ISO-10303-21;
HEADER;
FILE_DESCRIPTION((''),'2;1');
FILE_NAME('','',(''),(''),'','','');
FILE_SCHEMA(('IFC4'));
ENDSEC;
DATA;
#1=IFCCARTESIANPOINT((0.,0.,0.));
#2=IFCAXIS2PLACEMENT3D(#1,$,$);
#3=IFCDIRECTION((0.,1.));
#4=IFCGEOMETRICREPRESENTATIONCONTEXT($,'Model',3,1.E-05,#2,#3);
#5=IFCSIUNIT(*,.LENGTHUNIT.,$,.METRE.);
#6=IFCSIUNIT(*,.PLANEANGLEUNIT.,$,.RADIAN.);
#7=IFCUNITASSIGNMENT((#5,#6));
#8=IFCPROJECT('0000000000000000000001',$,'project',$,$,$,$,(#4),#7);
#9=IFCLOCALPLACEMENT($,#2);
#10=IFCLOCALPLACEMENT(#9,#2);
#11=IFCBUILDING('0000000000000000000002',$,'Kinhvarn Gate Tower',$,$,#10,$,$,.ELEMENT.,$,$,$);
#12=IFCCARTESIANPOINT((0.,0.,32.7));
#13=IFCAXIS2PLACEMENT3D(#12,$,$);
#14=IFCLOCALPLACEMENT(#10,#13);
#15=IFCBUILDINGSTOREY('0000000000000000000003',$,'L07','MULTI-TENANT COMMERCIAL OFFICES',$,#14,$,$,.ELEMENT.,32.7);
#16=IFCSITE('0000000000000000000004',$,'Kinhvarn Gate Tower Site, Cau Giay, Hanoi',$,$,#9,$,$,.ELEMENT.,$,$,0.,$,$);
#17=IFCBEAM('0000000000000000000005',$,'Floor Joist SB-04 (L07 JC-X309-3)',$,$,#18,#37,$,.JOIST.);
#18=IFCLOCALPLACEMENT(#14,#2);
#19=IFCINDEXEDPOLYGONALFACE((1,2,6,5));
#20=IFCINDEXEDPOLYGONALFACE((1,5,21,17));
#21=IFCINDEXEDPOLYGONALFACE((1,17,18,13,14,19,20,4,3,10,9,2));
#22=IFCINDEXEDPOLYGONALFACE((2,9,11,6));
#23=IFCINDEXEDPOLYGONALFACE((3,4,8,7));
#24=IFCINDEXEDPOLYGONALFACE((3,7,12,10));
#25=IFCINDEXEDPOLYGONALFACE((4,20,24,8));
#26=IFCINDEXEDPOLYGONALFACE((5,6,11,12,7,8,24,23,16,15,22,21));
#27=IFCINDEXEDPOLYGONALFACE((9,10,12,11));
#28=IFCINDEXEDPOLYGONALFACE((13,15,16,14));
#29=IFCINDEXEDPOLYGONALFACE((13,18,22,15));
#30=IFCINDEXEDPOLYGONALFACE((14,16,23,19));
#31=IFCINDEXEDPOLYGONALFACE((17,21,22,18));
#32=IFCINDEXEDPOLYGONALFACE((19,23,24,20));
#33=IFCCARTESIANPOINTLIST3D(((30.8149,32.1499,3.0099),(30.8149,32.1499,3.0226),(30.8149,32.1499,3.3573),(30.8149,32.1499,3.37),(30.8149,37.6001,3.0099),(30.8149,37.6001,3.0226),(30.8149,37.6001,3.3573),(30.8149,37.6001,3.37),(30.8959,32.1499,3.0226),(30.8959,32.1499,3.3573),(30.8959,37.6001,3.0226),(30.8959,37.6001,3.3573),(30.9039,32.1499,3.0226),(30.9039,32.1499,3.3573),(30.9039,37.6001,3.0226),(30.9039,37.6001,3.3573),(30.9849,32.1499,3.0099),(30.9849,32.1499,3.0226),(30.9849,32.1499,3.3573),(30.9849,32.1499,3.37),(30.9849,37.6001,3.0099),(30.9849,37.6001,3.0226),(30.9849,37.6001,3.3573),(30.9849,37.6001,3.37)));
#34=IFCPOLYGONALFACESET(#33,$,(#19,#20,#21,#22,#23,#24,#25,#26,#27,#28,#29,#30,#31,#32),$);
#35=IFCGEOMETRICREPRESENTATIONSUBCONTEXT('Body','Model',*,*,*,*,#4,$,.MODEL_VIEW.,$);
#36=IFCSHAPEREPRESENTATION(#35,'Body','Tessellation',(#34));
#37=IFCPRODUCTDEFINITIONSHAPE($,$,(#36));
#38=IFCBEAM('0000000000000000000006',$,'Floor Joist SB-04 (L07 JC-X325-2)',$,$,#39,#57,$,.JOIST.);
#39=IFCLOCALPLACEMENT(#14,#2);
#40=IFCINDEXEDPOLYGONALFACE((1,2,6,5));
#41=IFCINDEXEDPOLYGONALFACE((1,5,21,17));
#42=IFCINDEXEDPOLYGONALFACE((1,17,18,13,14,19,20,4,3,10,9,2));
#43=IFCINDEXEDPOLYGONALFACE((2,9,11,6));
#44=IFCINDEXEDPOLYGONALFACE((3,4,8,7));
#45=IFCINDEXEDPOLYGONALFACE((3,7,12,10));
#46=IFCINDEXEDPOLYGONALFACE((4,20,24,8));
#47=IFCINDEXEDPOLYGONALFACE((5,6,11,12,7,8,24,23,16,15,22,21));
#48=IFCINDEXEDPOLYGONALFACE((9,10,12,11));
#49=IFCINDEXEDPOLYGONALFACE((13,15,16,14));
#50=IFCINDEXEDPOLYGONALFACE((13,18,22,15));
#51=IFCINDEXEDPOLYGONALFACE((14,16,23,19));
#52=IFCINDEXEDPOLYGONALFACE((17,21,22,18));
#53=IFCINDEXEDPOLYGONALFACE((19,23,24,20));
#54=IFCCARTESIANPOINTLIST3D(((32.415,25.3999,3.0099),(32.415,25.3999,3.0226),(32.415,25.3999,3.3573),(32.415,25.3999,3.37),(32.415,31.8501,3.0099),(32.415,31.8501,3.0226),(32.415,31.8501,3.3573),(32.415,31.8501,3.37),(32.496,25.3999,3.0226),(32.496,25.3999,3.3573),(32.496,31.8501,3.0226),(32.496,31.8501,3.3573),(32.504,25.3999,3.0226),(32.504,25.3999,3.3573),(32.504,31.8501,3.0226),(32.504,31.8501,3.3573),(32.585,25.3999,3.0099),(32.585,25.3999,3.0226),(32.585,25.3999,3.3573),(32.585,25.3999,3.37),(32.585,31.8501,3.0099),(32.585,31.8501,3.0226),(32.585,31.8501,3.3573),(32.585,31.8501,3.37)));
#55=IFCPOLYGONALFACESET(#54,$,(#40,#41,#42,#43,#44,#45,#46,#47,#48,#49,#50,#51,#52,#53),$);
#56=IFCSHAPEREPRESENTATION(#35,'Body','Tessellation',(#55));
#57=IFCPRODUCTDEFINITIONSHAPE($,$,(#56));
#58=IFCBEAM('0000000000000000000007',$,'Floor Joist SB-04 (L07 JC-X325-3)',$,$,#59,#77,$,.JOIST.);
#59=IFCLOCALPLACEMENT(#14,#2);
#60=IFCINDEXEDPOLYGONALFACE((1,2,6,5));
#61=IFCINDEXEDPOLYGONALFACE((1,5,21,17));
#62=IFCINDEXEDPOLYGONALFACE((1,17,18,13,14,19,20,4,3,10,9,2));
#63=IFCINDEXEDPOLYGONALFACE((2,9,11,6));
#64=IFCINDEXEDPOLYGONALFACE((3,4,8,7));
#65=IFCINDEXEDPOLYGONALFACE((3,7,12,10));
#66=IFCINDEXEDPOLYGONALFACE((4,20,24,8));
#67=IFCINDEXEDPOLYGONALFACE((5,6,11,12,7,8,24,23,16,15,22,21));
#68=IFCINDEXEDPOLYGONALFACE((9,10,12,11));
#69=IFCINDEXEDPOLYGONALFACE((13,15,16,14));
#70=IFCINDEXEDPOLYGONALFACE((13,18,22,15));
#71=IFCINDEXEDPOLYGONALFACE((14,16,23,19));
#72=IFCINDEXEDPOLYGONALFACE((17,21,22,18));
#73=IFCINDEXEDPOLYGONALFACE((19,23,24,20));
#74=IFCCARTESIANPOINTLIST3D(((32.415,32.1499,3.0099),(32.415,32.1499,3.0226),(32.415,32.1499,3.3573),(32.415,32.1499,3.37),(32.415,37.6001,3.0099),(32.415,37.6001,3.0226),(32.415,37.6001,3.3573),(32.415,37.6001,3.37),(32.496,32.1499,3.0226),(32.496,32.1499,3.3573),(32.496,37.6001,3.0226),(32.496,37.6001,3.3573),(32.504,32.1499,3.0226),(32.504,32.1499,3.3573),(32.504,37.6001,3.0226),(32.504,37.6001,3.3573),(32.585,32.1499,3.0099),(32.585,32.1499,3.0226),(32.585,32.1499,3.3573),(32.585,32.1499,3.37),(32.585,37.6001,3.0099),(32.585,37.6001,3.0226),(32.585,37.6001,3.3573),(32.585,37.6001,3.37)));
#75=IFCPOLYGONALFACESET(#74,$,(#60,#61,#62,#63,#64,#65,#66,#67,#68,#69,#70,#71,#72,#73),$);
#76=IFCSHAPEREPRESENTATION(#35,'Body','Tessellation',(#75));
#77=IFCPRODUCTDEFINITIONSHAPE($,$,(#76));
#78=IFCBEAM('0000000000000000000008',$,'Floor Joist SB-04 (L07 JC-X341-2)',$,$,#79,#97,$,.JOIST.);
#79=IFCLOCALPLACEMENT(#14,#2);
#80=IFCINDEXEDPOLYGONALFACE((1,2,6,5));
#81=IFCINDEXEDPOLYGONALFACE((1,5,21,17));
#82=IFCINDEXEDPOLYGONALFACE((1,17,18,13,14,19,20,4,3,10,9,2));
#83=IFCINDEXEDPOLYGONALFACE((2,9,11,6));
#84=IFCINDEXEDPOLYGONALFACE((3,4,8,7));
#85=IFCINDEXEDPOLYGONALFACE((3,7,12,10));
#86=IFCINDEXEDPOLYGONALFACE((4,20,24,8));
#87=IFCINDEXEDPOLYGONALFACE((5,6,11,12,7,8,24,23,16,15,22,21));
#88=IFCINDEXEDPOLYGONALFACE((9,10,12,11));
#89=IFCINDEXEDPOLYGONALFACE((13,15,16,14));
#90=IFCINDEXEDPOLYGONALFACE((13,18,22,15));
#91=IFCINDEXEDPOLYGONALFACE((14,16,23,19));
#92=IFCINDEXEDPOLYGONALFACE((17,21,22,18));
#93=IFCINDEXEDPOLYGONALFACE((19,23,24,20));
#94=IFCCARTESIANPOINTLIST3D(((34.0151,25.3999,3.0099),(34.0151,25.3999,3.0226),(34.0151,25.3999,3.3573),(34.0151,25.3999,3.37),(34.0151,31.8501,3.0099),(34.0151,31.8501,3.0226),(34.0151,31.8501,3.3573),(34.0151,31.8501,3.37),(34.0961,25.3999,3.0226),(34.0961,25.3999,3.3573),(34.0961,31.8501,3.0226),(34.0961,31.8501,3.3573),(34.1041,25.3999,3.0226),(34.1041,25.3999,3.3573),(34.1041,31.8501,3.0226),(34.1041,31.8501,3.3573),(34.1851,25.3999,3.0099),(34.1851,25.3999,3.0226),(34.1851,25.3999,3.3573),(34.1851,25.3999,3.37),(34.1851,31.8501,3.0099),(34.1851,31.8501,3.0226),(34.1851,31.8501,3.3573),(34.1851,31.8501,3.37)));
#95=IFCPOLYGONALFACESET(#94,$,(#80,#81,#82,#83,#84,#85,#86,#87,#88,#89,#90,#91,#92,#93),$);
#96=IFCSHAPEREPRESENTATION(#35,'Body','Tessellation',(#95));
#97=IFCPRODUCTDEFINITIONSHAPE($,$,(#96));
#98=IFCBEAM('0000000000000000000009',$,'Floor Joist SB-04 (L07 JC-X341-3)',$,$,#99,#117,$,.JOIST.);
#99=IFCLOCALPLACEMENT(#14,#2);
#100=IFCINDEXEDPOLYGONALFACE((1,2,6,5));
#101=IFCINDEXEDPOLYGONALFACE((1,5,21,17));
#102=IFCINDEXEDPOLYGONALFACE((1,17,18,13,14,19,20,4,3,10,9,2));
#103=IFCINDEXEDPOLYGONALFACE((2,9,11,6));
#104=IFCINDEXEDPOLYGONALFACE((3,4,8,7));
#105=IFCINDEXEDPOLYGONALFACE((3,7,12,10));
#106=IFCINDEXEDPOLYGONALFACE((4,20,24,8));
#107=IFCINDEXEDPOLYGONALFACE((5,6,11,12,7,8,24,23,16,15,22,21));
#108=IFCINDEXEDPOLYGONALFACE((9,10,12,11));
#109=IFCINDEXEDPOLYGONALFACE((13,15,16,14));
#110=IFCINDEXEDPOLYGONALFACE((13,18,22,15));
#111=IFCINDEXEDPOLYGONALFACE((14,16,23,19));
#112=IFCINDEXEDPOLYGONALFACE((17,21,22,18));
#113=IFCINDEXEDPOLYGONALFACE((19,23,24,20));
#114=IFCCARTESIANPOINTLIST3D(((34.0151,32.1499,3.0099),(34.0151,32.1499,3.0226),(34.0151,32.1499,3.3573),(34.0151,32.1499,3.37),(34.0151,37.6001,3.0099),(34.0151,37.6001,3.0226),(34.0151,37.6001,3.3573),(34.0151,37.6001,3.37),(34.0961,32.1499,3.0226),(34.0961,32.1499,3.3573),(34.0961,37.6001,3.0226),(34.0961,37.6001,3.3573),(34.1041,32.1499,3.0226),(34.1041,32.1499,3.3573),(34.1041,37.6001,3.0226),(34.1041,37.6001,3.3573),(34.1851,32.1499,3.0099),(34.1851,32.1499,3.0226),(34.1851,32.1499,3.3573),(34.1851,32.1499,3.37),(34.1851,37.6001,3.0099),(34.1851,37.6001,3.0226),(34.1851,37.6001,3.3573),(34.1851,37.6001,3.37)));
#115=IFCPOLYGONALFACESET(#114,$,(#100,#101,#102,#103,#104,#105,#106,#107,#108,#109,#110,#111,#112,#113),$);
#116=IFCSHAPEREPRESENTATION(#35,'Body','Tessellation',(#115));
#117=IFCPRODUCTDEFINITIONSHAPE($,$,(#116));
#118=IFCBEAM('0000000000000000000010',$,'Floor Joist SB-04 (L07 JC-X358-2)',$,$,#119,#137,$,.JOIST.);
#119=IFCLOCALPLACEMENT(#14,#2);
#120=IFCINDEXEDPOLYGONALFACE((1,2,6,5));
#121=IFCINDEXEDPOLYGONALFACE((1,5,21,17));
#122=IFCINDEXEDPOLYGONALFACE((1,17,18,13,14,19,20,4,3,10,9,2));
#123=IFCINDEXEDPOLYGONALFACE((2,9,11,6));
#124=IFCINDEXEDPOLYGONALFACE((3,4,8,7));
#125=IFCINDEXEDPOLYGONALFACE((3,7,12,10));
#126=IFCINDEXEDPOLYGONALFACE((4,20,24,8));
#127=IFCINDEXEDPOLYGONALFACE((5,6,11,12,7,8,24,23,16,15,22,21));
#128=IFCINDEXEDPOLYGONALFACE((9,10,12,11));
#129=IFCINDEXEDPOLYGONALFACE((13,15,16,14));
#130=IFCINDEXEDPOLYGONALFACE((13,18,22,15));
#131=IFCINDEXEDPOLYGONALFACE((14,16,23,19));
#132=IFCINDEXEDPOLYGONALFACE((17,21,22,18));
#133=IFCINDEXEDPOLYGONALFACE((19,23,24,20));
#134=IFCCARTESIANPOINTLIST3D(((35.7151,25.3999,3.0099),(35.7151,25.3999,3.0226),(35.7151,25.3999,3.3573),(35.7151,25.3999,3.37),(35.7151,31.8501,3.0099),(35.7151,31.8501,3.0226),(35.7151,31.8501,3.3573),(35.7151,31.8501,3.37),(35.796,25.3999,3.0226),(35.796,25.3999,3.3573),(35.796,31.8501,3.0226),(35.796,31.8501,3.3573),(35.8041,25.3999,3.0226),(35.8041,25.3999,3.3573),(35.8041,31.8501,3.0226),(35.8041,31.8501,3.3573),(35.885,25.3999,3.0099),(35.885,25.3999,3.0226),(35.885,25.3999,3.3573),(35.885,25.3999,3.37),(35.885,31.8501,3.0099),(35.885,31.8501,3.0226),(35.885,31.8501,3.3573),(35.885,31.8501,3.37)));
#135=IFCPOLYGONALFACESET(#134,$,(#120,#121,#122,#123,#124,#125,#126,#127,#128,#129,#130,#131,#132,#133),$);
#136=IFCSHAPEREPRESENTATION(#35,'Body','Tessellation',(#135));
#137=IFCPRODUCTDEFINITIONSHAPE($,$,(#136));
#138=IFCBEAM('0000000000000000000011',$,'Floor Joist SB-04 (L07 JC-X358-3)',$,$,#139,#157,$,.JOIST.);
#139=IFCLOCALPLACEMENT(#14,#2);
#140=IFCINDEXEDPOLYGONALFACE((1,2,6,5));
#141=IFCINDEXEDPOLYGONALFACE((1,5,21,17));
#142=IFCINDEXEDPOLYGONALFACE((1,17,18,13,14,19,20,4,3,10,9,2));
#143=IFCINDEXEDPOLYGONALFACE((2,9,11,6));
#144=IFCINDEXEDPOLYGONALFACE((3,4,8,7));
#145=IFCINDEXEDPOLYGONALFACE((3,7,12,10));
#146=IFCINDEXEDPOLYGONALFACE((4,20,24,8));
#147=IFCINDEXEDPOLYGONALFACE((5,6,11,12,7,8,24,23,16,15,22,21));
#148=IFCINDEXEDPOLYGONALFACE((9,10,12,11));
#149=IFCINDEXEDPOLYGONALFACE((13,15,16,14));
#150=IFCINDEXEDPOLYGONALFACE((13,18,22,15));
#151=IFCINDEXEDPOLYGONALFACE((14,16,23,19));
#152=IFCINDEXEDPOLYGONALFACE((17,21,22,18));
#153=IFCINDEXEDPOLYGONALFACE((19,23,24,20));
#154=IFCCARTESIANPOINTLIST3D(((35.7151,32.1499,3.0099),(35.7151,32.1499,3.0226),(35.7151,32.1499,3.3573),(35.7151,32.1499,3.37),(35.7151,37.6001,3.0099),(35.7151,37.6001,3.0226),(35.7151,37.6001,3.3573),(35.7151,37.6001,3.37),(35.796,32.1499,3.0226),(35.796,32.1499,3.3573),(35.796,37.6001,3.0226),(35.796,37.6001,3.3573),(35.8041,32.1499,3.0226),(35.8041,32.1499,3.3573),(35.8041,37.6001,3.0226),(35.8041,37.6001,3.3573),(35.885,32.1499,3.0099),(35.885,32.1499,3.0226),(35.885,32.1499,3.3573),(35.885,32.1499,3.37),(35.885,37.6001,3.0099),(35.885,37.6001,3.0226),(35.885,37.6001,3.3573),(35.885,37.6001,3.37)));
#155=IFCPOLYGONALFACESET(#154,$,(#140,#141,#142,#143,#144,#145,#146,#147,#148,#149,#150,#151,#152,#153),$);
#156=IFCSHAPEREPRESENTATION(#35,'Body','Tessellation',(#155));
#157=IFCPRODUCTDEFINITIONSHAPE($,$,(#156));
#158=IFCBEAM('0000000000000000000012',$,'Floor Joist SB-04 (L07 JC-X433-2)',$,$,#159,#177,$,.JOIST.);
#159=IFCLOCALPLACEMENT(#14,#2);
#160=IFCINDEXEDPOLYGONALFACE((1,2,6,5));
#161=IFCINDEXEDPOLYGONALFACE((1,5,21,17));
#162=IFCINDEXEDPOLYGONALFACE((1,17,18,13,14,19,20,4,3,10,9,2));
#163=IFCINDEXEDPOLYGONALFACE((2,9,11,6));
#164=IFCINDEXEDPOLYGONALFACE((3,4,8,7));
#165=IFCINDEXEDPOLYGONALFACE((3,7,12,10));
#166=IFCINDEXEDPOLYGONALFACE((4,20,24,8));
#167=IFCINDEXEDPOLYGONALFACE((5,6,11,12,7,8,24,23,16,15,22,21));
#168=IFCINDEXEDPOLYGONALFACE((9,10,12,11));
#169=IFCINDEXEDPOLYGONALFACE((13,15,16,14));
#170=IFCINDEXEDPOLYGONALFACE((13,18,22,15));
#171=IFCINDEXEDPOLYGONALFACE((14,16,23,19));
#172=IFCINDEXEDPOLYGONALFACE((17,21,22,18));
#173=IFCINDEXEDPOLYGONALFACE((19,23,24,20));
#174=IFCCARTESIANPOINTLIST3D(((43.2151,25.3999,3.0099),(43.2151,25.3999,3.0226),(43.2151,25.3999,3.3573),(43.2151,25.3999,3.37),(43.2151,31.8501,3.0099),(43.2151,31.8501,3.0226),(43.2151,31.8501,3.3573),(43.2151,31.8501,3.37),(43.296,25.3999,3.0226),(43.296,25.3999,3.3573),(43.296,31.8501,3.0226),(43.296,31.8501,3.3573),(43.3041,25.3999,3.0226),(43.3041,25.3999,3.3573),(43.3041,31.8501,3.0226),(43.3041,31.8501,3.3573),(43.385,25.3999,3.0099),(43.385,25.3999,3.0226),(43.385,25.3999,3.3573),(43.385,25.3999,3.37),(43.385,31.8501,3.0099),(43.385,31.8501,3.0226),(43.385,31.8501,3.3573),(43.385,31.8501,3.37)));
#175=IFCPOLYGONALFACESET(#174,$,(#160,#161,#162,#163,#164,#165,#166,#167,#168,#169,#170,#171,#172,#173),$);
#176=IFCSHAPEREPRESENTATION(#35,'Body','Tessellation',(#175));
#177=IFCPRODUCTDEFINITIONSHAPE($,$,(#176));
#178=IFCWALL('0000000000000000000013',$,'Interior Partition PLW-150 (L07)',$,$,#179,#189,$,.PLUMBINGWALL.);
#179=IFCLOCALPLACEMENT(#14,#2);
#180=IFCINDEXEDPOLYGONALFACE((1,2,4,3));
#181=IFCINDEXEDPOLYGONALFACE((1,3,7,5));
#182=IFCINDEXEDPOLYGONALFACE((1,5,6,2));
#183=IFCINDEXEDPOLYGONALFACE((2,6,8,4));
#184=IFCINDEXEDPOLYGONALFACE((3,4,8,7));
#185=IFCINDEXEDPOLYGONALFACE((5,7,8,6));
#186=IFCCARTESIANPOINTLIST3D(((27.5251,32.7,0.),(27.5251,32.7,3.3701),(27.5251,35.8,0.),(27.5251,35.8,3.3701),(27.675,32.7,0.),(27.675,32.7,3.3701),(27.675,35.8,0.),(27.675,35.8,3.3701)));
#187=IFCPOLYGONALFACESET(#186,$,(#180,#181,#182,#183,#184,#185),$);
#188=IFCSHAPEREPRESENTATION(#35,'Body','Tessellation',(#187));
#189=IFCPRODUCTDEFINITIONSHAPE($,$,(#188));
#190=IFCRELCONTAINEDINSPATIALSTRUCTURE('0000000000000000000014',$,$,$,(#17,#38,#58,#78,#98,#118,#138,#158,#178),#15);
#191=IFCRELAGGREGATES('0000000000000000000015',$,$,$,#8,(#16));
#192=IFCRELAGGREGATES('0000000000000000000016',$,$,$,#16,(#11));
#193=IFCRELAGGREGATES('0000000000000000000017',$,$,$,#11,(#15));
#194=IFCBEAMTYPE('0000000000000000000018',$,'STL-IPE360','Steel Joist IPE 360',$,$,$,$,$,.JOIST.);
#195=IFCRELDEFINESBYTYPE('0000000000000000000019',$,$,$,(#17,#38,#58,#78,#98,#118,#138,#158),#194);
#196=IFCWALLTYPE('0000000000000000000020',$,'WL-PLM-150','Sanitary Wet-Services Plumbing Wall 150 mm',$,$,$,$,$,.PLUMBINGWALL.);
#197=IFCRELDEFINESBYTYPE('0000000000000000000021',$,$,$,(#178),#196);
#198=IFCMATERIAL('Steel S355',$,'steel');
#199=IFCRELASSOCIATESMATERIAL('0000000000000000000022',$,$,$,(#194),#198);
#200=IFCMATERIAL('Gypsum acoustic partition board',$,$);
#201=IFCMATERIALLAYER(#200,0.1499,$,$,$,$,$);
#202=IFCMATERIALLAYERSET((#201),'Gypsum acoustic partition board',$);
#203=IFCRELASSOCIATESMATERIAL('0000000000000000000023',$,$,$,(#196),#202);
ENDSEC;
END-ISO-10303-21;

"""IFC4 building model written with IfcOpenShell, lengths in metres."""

from ifc_helpers import new_model, si_unit, direction, frame, frame_2d, origin, origin_2d, place, context, subcontext, project, spatial, rectangle, i_section, extrude, material, layer, layer_set, material_profile, profile_set, type_object, element, save


model = new_model("IFC4")

# Units and contexts
model_context = context("Model", 3, precision=1e-05, world=origin(), true_north=direction((0.0, 1.0)))
body_context = subcontext(model_context, "Body", "Model", "MODEL_VIEW")
ifc_project = project(units=[si_unit("LENGTHUNIT", "METRE"), si_unit("PLANEANGLEUNIT", "RADIAN")], contexts=[model_context])

# Site, building, storey
site_placement = place(None, origin())
site = spatial("IfcSite", under=ifc_project, at=site_placement, Name="Kinhvarn Gate Tower Site, Cau Giay, Hanoi", CompositionType="ELEMENT", RefElevation=0.0)
building_placement = place(site_placement, origin())
building = spatial("IfcBuilding", under=site, at=building_placement, Name="Kinhvarn Gate Tower", CompositionType="ELEMENT")
storey_placement = place(building_placement, frame((0.0, 0.0, 32.7)))
storey = spatial("IfcBuildingStorey", under=building, at=storey_placement, Name="L07", Description="MULTI-TENANT COMMERCIAL OFFICES", CompositionType="ELEMENT", Elevation=32.7)

# Beams
ifc_material_1 = material(Name="Steel S355", Category="steel")
ifc_material_profile_1 = material_profile(ifc_material_1, i_section(OverallWidth=0.1699, OverallDepth=0.3601, WebThickness=0.0081, FlangeThickness=0.0127, at=origin_2d()), Name="IPE 360")
ifc_profile_set_1 = profile_set([ifc_material_profile_1], Name="Steel S355")
beam_type_1 = type_object("IfcBeamType", Name="STL-IPE360", Description="Steel Joist IPE 360", PredefinedType="JOIST", material=ifc_profile_set_1)
beam_1_placement = place(storey_placement, frame((30.8999, 32.1499, 3.1899), z_axis=(0.0, 1.0, 0.0), x_axis=(-1.0, 0.0, 0.0)))
element("IfcBeam", 1, at=beam_1_placement, inside=storey, type_object=beam_type_1, Name="Floor Joist SB-04 (L07 JC-X309-3)", PredefinedType="JOIST", context=body_context, shape_type="SweptSolid", body=[
    extrude(i_section(OverallWidth=0.1699, OverallDepth=0.3601, WebThickness=0.0081, FlangeThickness=0.0127, at=origin_2d()), origin(), (0.0, 0.0, 1.0), 5.4502),
])
beam_2_placement = place(storey_placement, frame((32.5, 25.3999, 3.1899), z_axis=(0.0, 1.0, 0.0), x_axis=(-1.0, 0.0, 0.0)))
element("IfcBeam", 2, at=beam_2_placement, inside=storey, type_object=beam_type_1, Name="Floor Joist SB-04 (L07 JC-X325-2)", PredefinedType="JOIST", context=body_context, shape_type="SweptSolid", body=[
    extrude(i_section(OverallWidth=0.1699, OverallDepth=0.3601, WebThickness=0.0081, FlangeThickness=0.0127, at=origin_2d()), origin(), (0.0, 0.0, 1.0), 6.4502),
])
beam_3_placement = place(storey_placement, frame((32.5, 32.1499, 3.1899), z_axis=(0.0, 1.0, 0.0), x_axis=(-1.0, 0.0, 0.0)))
element("IfcBeam", 3, at=beam_3_placement, inside=storey, type_object=beam_type_1, Name="Floor Joist SB-04 (L07 JC-X325-3)", PredefinedType="JOIST", context=body_context, shape_type="SweptSolid", body=[
    extrude(i_section(OverallWidth=0.1699, OverallDepth=0.3601, WebThickness=0.0081, FlangeThickness=0.0127, at=origin_2d()), origin(), (0.0, 0.0, 1.0), 5.4502),
])
beam_4_placement = place(storey_placement, frame((34.1001, 25.3999, 3.1899), z_axis=(0.0, 1.0, 0.0), x_axis=(-1.0, 0.0, 0.0)))
element("IfcBeam", 4, at=beam_4_placement, inside=storey, type_object=beam_type_1, Name="Floor Joist SB-04 (L07 JC-X341-2)", PredefinedType="JOIST", context=body_context, shape_type="SweptSolid", body=[
    extrude(i_section(OverallWidth=0.1699, OverallDepth=0.3601, WebThickness=0.0081, FlangeThickness=0.0127, at=origin_2d()), origin(), (0.0, 0.0, 1.0), 6.4502),
])
beam_5_placement = place(storey_placement, frame((34.1001, 32.1499, 3.1899), z_axis=(0.0, 1.0, 0.0), x_axis=(-1.0, 0.0, 0.0)))
element("IfcBeam", 5, at=beam_5_placement, inside=storey, type_object=beam_type_1, Name="Floor Joist SB-04 (L07 JC-X341-3)", PredefinedType="JOIST", context=body_context, shape_type="SweptSolid", body=[
    extrude(i_section(OverallWidth=0.1699, OverallDepth=0.3601, WebThickness=0.0081, FlangeThickness=0.0127, at=origin_2d()), origin(), (0.0, 0.0, 1.0), 5.4502),
])
beam_6_placement = place(storey_placement, frame((35.8, 25.3999, 3.1899), z_axis=(0.0, 1.0, 0.0), x_axis=(-1.0, 0.0, 0.0)))
element("IfcBeam", 6, at=beam_6_placement, inside=storey, type_object=beam_type_1, Name="Floor Joist SB-04 (L07 JC-X358-2)", PredefinedType="JOIST", context=body_context, shape_type="SweptSolid", body=[
    extrude(i_section(OverallWidth=0.1699, OverallDepth=0.3601, WebThickness=0.0081, FlangeThickness=0.0127, at=origin_2d()), origin(), (0.0, 0.0, 1.0), 6.4502),
])
beam_7_placement = place(storey_placement, frame((35.8, 32.1499, 3.1899), z_axis=(0.0, 1.0, 0.0), x_axis=(-1.0, 0.0, 0.0)))
element("IfcBeam", 7, at=beam_7_placement, inside=storey, type_object=beam_type_1, Name="Floor Joist SB-04 (L07 JC-X358-3)", PredefinedType="JOIST", context=body_context, shape_type="SweptSolid", body=[
    extrude(i_section(OverallWidth=0.1699, OverallDepth=0.3601, WebThickness=0.0081, FlangeThickness=0.0127, at=origin_2d()), origin(), (0.0, 0.0, 1.0), 5.4502),
])
beam_8_placement = place(storey_placement, frame((43.3, 25.3999, 3.1899), z_axis=(0.0, 1.0, 0.0), x_axis=(-1.0, 0.0, 0.0)))
element("IfcBeam", 8, at=beam_8_placement, inside=storey, type_object=beam_type_1, Name="Floor Joist SB-04 (L07 JC-X433-2)", PredefinedType="JOIST", context=body_context, shape_type="SweptSolid", body=[
    extrude(i_section(OverallWidth=0.1699, OverallDepth=0.3601, WebThickness=0.0081, FlangeThickness=0.0127, at=origin_2d()), origin(), (0.0, 0.0, 1.0), 6.4502),
])

# Wall
ifc_material_2 = material(Name="Gypsum acoustic partition board")
ifc_layer_1 = layer(ifc_material_2, 0.1499)
ifc_layer_set_1 = layer_set([ifc_layer_1], Name="Gypsum acoustic partition board")
wall_type_1 = type_object("IfcWallType", Name="WL-PLM-150", Description="Sanitary Wet-Services Plumbing Wall 150 mm", PredefinedType="PLUMBINGWALL", material=ifc_layer_set_1)
for number, where, z_axis, x_axis, name in (
    (9, (27.6001, 32.7, 0.0), (0.0, 0.0, 1.0), (0.0, 1.0, 0.0), "Interior Partition PLW-150 (L07)"),
):
    element("IfcWall", number, at=place(storey_placement, frame(where, z_axis=z_axis, x_axis=x_axis)), inside=storey, type_object=wall_type_1, Name=name, PredefinedType="PLUMBINGWALL", context=body_context, shape_type="SweptSolid", body=[
        extrude(rectangle(XDim=3.1001, YDim=0.1499, at=frame_2d((1.55, 0.0))), origin(), (0.0, 0.0, 1.0), 3.3701),
    ])

save(model, "model.ifc")
